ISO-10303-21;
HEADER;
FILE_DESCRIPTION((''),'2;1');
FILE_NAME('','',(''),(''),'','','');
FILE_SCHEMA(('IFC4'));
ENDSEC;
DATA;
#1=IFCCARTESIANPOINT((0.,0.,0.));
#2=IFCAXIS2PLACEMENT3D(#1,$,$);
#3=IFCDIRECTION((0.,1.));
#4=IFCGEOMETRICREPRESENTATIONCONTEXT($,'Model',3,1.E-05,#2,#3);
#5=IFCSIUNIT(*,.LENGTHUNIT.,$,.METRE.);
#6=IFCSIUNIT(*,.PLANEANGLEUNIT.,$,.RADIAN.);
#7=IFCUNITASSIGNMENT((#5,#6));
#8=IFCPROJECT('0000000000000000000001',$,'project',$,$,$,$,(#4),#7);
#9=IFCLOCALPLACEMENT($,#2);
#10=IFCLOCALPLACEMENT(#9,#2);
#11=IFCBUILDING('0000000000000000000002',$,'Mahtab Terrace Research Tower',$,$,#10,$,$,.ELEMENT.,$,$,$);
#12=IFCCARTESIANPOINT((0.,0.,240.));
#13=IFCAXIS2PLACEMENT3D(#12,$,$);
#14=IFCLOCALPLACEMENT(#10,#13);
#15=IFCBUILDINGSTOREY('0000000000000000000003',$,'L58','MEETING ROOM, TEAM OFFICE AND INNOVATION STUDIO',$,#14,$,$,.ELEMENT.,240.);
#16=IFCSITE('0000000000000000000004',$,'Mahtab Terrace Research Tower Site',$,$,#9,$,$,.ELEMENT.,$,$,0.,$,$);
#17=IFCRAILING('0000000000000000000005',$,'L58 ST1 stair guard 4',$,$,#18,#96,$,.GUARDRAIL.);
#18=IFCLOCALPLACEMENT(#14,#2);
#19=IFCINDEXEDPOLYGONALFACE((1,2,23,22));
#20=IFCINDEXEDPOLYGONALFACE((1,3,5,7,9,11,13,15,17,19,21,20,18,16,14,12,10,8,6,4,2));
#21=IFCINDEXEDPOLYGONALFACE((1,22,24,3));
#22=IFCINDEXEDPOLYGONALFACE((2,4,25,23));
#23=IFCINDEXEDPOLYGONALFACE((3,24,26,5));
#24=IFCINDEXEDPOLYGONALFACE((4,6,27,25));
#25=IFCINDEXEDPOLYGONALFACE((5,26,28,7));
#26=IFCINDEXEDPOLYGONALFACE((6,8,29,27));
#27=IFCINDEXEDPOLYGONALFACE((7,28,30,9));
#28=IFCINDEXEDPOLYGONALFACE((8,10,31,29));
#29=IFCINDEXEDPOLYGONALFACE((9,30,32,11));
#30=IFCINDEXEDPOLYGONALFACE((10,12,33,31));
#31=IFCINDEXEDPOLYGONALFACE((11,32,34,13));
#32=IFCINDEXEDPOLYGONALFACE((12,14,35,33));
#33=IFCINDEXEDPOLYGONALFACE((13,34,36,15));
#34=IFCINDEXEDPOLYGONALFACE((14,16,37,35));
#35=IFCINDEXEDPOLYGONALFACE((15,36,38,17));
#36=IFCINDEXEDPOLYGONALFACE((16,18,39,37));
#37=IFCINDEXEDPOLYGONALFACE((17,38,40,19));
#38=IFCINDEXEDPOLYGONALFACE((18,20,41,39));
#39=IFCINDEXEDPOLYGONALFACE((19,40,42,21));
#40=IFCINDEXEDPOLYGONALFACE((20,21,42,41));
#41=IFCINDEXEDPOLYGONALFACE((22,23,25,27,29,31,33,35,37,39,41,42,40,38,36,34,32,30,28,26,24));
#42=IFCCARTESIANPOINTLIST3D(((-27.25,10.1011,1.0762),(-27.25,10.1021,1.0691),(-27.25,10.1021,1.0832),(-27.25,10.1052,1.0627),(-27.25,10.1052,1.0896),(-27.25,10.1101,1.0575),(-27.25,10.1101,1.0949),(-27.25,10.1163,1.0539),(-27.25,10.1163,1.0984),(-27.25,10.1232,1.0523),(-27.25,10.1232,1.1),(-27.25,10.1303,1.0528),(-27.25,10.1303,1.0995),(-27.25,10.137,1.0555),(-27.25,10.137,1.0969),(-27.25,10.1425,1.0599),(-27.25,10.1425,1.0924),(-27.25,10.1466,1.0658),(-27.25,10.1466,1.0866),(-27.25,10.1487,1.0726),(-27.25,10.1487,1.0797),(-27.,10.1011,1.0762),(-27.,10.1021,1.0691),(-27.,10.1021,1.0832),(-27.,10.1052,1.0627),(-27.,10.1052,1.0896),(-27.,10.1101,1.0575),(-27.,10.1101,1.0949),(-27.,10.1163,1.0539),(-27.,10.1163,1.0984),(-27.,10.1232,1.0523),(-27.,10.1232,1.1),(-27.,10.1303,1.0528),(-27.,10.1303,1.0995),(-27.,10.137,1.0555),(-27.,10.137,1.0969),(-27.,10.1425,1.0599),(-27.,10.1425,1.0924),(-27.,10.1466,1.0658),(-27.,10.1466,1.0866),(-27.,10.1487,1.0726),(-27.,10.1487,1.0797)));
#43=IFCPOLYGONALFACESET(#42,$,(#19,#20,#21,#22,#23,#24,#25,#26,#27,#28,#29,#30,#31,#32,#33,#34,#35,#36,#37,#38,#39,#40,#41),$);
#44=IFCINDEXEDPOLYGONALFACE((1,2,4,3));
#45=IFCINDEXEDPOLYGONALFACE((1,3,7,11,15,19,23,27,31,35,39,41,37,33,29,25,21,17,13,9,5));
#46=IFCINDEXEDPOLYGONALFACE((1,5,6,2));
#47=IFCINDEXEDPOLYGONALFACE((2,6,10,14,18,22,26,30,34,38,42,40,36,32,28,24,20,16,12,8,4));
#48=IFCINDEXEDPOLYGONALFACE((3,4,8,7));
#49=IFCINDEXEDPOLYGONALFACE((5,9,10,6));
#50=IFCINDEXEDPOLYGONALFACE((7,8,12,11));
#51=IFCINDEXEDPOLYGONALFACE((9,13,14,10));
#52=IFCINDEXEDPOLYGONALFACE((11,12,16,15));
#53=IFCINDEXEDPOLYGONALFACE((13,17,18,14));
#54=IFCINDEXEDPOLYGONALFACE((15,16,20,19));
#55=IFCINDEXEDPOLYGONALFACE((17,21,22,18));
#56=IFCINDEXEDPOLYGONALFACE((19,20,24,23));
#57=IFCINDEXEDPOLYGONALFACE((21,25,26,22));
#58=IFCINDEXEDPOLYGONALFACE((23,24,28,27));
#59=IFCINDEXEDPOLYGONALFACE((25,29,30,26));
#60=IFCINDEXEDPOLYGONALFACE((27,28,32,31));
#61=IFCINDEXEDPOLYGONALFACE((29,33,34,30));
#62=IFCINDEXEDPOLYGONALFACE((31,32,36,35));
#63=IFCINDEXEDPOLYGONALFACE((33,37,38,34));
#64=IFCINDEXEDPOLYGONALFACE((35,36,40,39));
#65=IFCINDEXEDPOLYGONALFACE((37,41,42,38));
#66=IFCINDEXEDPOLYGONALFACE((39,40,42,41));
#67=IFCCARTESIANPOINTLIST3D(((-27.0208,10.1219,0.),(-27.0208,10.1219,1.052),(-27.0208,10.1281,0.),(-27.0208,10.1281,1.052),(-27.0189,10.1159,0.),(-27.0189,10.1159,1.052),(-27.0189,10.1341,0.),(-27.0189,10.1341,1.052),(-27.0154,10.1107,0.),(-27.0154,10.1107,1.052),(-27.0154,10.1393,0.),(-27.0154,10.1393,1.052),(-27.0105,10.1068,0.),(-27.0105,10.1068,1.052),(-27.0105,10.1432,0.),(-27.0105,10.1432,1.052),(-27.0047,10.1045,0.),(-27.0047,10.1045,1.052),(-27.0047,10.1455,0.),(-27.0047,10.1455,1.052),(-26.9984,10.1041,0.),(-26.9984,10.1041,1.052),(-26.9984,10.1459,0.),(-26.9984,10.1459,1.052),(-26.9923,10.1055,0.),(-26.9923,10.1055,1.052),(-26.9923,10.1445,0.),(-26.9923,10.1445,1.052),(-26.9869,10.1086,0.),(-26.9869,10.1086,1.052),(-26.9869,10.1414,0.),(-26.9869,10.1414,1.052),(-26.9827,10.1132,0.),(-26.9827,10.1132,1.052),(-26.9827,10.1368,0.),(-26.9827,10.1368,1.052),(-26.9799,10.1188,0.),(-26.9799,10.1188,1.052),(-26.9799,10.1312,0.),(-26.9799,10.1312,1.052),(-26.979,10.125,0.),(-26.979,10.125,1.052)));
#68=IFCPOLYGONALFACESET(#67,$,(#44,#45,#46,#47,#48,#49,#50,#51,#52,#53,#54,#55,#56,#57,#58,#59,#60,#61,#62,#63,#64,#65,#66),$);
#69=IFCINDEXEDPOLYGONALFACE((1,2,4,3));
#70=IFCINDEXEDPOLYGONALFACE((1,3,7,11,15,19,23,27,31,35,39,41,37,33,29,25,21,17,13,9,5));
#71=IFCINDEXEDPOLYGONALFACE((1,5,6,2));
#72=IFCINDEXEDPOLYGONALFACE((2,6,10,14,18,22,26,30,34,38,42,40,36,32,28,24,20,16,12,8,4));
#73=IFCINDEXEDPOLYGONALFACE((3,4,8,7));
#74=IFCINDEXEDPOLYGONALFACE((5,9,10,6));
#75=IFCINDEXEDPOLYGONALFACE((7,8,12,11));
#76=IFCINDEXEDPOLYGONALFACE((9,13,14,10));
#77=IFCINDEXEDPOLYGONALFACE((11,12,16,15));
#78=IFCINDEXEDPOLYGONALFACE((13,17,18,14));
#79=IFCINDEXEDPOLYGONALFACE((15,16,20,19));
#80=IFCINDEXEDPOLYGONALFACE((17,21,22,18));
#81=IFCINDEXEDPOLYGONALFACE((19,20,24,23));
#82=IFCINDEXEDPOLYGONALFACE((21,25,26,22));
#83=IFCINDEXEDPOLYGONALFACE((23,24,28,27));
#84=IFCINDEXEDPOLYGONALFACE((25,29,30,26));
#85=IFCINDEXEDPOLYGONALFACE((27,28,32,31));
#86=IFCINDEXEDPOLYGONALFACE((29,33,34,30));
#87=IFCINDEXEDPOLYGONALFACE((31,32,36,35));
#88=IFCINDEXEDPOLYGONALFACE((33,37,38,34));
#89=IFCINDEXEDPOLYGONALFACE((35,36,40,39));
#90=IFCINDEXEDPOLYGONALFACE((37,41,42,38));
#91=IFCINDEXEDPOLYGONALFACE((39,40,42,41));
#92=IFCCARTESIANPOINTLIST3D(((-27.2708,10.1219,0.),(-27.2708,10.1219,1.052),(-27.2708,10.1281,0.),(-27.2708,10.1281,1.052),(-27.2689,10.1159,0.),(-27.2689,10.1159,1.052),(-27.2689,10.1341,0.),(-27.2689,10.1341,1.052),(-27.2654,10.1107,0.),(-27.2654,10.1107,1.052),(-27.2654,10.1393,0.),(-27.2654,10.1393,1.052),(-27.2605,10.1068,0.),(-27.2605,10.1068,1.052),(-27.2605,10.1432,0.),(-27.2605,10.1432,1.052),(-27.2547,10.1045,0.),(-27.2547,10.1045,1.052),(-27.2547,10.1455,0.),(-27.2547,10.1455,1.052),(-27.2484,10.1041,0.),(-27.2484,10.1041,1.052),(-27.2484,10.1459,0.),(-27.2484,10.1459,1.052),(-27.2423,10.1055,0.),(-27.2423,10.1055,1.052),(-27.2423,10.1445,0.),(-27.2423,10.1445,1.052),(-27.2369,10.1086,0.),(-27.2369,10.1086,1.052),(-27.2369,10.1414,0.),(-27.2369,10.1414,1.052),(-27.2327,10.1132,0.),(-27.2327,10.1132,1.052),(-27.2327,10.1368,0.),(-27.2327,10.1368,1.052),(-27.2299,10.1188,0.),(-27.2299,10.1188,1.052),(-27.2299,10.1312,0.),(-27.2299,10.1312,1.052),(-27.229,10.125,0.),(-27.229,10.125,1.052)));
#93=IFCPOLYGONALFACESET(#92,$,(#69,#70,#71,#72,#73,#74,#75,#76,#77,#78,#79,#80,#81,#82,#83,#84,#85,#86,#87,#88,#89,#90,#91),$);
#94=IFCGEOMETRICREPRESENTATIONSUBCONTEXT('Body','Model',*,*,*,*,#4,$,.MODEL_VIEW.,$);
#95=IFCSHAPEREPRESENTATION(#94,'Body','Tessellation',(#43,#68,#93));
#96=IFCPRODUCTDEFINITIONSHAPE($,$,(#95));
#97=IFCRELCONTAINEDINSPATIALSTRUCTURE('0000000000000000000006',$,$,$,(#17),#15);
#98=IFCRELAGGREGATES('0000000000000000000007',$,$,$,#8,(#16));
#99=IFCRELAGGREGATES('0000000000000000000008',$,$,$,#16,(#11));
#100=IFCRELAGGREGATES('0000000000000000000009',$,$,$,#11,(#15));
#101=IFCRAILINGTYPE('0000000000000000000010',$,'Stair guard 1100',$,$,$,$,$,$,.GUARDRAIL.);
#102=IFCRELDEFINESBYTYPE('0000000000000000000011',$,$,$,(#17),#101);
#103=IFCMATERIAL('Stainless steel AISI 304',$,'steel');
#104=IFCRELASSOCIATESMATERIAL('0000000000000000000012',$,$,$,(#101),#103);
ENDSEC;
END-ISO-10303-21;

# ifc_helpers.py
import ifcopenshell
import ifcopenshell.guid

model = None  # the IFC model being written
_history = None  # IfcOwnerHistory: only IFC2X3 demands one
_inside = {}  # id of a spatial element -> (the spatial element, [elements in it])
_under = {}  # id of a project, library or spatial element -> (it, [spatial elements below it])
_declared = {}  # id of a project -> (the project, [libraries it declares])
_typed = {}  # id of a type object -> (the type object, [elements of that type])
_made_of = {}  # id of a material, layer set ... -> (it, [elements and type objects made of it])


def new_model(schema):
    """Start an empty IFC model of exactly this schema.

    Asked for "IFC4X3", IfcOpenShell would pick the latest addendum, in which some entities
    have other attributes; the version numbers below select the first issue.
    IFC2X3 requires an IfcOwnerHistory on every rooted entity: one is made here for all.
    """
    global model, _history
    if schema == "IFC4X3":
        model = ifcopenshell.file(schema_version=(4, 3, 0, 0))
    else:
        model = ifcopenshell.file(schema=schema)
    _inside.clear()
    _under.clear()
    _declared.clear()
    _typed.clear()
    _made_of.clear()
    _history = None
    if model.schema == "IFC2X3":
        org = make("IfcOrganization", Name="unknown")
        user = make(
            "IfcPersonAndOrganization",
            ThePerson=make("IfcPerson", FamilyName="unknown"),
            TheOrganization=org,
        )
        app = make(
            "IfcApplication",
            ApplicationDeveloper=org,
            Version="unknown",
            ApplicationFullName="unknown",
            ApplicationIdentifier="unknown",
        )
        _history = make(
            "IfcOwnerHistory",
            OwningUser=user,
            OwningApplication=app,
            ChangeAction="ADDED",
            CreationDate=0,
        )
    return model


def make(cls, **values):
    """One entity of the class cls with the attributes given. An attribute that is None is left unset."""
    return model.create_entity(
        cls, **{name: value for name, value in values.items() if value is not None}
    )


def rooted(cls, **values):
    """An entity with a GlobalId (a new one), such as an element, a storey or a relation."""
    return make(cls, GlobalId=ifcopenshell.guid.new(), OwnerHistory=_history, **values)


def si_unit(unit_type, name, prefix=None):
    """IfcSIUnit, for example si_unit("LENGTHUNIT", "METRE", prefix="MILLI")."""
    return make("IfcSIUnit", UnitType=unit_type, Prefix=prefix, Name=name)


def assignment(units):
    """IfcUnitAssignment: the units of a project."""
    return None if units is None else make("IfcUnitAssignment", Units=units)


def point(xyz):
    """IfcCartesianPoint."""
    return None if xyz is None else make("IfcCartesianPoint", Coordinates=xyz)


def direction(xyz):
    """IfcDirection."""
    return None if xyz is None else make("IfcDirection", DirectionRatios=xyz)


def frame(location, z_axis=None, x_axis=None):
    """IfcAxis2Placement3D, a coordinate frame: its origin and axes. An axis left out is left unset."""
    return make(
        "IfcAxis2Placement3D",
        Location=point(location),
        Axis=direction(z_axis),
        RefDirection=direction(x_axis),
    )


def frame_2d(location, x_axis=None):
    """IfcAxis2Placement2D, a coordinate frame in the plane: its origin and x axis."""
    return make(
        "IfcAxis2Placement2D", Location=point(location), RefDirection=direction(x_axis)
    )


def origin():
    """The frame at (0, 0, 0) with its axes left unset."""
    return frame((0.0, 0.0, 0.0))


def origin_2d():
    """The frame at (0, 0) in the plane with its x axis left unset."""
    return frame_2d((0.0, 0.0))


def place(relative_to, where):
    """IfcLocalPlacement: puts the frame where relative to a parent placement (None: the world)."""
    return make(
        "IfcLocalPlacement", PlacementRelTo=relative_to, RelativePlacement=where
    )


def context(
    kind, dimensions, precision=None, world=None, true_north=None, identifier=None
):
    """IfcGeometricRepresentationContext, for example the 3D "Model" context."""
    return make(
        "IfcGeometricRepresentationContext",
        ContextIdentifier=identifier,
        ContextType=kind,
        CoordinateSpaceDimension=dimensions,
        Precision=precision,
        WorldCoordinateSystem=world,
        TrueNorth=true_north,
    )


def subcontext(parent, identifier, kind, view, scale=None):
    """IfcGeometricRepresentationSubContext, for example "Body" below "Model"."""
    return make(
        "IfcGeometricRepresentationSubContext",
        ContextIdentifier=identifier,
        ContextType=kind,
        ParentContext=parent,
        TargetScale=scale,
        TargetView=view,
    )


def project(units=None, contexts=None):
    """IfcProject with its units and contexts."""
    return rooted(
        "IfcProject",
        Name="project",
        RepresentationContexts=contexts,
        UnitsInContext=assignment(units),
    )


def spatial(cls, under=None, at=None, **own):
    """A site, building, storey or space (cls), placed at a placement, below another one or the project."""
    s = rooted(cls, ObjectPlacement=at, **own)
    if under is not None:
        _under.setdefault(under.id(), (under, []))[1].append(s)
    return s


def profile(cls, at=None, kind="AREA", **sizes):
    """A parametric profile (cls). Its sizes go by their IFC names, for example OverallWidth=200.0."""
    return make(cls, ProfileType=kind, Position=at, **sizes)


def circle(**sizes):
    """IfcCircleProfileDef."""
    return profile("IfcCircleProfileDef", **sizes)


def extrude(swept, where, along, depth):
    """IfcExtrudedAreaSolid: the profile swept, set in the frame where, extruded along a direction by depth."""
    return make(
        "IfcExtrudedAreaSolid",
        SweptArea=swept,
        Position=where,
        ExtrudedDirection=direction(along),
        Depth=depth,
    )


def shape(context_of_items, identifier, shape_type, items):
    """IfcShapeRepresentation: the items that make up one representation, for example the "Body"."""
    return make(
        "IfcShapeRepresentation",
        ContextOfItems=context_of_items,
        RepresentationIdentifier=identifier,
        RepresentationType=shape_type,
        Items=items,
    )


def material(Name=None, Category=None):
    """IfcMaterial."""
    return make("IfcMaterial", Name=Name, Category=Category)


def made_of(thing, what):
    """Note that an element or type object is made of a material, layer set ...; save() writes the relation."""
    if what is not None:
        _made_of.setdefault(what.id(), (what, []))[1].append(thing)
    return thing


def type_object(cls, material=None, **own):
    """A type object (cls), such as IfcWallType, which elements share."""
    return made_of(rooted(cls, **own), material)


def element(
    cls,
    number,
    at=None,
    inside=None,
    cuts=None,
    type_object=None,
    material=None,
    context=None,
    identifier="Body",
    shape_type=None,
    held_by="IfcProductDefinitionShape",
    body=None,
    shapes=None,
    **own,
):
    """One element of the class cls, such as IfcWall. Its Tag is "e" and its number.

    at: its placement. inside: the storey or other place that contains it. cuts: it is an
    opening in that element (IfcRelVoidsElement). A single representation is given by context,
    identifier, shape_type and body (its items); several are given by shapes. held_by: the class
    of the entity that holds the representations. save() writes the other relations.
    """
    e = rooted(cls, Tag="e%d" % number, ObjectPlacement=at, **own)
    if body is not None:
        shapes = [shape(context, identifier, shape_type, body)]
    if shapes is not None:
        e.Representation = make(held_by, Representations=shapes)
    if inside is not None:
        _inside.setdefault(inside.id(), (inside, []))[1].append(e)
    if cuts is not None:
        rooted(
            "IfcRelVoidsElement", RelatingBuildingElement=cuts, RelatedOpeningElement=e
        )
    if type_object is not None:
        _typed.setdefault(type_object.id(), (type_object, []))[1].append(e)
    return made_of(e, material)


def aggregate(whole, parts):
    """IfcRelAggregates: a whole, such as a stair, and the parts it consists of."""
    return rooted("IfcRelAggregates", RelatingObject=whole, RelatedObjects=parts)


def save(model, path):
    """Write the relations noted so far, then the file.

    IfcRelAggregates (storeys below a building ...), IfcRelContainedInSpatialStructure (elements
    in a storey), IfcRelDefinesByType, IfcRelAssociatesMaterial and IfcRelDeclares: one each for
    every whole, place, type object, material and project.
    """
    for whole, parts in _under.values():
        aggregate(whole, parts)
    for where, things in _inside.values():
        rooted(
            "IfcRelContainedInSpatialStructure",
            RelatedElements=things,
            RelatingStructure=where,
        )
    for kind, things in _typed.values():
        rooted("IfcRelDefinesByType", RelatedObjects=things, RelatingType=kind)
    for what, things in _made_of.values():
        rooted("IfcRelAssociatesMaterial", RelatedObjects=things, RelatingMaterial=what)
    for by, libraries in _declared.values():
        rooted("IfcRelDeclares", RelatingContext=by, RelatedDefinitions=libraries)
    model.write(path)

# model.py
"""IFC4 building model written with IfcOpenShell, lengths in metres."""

from ifc_helpers import new_model, si_unit, direction, frame, origin, origin_2d, place, context, subcontext, project, spatial, circle, extrude, material, type_object, element, save


model = new_model("IFC4")

# Units and contexts
model_context = context("Model", 3, precision=1e-05, world=origin(), true_north=direction((0.0, 1.0)))
body_context = subcontext(model_context, "Body", "Model", "MODEL_VIEW")
ifc_project = project(units=[si_unit("LENGTHUNIT", "METRE"), si_unit("PLANEANGLEUNIT", "RADIAN")], contexts=[model_context])

# Site, building, storey
site_placement = place(None, origin())
site = spatial("IfcSite", under=ifc_project, at=site_placement, Name="Mahtab Terrace Research Tower Site", CompositionType="ELEMENT", RefElevation=0.0)
building_placement = place(site_placement, origin())
building = spatial("IfcBuilding", under=site, at=building_placement, Name="Mahtab Terrace Research Tower", CompositionType="ELEMENT")
storey_placement = place(building_placement, frame((0.0, 0.0, 240.0)))
storey = spatial("IfcBuildingStorey", under=building, at=storey_placement, Name="L58", Description="MEETING ROOM, TEAM OFFICE AND INNOVATION STUDIO", CompositionType="ELEMENT", Elevation=240.0)

# Railing
ifc_material_1 = material(Name="Stainless steel AISI 304", Category="steel")
railing_type_1 = type_object("IfcRailingType", Name="Stair guard 1100", PredefinedType="GUARDRAIL", material=ifc_material_1)
railing_1_placement = place(storey_placement, frame((-27.0, 10.125, 0.0)))
element("IfcRailing", 1, at=railing_1_placement, inside=storey, type_object=railing_type_1, Name="L58 ST1 stair guard 4", PredefinedType="GUARDRAIL", context=body_context, shape_type="SweptSolid", body=[
    extrude(circle(Radius=0.0239, at=origin_2d()), frame((0.0, 0.0, 1.0762), z_axis=(-1.0, 0.0, 0.0), x_axis=(0.0, -1.0, 0.0)), (0.0, 0.0, 1.0), 0.25),
    extrude(circle(Radius=0.021, at=origin_2d()), origin(), (0.0, 0.0, 1.0), 1.052),
    extrude(circle(Radius=0.021, at=origin_2d()), frame((-0.25, 0.0, 0.0)), (0.0, 0.0, 1.0), 1.052),
])

save(model, "model.ifc")
